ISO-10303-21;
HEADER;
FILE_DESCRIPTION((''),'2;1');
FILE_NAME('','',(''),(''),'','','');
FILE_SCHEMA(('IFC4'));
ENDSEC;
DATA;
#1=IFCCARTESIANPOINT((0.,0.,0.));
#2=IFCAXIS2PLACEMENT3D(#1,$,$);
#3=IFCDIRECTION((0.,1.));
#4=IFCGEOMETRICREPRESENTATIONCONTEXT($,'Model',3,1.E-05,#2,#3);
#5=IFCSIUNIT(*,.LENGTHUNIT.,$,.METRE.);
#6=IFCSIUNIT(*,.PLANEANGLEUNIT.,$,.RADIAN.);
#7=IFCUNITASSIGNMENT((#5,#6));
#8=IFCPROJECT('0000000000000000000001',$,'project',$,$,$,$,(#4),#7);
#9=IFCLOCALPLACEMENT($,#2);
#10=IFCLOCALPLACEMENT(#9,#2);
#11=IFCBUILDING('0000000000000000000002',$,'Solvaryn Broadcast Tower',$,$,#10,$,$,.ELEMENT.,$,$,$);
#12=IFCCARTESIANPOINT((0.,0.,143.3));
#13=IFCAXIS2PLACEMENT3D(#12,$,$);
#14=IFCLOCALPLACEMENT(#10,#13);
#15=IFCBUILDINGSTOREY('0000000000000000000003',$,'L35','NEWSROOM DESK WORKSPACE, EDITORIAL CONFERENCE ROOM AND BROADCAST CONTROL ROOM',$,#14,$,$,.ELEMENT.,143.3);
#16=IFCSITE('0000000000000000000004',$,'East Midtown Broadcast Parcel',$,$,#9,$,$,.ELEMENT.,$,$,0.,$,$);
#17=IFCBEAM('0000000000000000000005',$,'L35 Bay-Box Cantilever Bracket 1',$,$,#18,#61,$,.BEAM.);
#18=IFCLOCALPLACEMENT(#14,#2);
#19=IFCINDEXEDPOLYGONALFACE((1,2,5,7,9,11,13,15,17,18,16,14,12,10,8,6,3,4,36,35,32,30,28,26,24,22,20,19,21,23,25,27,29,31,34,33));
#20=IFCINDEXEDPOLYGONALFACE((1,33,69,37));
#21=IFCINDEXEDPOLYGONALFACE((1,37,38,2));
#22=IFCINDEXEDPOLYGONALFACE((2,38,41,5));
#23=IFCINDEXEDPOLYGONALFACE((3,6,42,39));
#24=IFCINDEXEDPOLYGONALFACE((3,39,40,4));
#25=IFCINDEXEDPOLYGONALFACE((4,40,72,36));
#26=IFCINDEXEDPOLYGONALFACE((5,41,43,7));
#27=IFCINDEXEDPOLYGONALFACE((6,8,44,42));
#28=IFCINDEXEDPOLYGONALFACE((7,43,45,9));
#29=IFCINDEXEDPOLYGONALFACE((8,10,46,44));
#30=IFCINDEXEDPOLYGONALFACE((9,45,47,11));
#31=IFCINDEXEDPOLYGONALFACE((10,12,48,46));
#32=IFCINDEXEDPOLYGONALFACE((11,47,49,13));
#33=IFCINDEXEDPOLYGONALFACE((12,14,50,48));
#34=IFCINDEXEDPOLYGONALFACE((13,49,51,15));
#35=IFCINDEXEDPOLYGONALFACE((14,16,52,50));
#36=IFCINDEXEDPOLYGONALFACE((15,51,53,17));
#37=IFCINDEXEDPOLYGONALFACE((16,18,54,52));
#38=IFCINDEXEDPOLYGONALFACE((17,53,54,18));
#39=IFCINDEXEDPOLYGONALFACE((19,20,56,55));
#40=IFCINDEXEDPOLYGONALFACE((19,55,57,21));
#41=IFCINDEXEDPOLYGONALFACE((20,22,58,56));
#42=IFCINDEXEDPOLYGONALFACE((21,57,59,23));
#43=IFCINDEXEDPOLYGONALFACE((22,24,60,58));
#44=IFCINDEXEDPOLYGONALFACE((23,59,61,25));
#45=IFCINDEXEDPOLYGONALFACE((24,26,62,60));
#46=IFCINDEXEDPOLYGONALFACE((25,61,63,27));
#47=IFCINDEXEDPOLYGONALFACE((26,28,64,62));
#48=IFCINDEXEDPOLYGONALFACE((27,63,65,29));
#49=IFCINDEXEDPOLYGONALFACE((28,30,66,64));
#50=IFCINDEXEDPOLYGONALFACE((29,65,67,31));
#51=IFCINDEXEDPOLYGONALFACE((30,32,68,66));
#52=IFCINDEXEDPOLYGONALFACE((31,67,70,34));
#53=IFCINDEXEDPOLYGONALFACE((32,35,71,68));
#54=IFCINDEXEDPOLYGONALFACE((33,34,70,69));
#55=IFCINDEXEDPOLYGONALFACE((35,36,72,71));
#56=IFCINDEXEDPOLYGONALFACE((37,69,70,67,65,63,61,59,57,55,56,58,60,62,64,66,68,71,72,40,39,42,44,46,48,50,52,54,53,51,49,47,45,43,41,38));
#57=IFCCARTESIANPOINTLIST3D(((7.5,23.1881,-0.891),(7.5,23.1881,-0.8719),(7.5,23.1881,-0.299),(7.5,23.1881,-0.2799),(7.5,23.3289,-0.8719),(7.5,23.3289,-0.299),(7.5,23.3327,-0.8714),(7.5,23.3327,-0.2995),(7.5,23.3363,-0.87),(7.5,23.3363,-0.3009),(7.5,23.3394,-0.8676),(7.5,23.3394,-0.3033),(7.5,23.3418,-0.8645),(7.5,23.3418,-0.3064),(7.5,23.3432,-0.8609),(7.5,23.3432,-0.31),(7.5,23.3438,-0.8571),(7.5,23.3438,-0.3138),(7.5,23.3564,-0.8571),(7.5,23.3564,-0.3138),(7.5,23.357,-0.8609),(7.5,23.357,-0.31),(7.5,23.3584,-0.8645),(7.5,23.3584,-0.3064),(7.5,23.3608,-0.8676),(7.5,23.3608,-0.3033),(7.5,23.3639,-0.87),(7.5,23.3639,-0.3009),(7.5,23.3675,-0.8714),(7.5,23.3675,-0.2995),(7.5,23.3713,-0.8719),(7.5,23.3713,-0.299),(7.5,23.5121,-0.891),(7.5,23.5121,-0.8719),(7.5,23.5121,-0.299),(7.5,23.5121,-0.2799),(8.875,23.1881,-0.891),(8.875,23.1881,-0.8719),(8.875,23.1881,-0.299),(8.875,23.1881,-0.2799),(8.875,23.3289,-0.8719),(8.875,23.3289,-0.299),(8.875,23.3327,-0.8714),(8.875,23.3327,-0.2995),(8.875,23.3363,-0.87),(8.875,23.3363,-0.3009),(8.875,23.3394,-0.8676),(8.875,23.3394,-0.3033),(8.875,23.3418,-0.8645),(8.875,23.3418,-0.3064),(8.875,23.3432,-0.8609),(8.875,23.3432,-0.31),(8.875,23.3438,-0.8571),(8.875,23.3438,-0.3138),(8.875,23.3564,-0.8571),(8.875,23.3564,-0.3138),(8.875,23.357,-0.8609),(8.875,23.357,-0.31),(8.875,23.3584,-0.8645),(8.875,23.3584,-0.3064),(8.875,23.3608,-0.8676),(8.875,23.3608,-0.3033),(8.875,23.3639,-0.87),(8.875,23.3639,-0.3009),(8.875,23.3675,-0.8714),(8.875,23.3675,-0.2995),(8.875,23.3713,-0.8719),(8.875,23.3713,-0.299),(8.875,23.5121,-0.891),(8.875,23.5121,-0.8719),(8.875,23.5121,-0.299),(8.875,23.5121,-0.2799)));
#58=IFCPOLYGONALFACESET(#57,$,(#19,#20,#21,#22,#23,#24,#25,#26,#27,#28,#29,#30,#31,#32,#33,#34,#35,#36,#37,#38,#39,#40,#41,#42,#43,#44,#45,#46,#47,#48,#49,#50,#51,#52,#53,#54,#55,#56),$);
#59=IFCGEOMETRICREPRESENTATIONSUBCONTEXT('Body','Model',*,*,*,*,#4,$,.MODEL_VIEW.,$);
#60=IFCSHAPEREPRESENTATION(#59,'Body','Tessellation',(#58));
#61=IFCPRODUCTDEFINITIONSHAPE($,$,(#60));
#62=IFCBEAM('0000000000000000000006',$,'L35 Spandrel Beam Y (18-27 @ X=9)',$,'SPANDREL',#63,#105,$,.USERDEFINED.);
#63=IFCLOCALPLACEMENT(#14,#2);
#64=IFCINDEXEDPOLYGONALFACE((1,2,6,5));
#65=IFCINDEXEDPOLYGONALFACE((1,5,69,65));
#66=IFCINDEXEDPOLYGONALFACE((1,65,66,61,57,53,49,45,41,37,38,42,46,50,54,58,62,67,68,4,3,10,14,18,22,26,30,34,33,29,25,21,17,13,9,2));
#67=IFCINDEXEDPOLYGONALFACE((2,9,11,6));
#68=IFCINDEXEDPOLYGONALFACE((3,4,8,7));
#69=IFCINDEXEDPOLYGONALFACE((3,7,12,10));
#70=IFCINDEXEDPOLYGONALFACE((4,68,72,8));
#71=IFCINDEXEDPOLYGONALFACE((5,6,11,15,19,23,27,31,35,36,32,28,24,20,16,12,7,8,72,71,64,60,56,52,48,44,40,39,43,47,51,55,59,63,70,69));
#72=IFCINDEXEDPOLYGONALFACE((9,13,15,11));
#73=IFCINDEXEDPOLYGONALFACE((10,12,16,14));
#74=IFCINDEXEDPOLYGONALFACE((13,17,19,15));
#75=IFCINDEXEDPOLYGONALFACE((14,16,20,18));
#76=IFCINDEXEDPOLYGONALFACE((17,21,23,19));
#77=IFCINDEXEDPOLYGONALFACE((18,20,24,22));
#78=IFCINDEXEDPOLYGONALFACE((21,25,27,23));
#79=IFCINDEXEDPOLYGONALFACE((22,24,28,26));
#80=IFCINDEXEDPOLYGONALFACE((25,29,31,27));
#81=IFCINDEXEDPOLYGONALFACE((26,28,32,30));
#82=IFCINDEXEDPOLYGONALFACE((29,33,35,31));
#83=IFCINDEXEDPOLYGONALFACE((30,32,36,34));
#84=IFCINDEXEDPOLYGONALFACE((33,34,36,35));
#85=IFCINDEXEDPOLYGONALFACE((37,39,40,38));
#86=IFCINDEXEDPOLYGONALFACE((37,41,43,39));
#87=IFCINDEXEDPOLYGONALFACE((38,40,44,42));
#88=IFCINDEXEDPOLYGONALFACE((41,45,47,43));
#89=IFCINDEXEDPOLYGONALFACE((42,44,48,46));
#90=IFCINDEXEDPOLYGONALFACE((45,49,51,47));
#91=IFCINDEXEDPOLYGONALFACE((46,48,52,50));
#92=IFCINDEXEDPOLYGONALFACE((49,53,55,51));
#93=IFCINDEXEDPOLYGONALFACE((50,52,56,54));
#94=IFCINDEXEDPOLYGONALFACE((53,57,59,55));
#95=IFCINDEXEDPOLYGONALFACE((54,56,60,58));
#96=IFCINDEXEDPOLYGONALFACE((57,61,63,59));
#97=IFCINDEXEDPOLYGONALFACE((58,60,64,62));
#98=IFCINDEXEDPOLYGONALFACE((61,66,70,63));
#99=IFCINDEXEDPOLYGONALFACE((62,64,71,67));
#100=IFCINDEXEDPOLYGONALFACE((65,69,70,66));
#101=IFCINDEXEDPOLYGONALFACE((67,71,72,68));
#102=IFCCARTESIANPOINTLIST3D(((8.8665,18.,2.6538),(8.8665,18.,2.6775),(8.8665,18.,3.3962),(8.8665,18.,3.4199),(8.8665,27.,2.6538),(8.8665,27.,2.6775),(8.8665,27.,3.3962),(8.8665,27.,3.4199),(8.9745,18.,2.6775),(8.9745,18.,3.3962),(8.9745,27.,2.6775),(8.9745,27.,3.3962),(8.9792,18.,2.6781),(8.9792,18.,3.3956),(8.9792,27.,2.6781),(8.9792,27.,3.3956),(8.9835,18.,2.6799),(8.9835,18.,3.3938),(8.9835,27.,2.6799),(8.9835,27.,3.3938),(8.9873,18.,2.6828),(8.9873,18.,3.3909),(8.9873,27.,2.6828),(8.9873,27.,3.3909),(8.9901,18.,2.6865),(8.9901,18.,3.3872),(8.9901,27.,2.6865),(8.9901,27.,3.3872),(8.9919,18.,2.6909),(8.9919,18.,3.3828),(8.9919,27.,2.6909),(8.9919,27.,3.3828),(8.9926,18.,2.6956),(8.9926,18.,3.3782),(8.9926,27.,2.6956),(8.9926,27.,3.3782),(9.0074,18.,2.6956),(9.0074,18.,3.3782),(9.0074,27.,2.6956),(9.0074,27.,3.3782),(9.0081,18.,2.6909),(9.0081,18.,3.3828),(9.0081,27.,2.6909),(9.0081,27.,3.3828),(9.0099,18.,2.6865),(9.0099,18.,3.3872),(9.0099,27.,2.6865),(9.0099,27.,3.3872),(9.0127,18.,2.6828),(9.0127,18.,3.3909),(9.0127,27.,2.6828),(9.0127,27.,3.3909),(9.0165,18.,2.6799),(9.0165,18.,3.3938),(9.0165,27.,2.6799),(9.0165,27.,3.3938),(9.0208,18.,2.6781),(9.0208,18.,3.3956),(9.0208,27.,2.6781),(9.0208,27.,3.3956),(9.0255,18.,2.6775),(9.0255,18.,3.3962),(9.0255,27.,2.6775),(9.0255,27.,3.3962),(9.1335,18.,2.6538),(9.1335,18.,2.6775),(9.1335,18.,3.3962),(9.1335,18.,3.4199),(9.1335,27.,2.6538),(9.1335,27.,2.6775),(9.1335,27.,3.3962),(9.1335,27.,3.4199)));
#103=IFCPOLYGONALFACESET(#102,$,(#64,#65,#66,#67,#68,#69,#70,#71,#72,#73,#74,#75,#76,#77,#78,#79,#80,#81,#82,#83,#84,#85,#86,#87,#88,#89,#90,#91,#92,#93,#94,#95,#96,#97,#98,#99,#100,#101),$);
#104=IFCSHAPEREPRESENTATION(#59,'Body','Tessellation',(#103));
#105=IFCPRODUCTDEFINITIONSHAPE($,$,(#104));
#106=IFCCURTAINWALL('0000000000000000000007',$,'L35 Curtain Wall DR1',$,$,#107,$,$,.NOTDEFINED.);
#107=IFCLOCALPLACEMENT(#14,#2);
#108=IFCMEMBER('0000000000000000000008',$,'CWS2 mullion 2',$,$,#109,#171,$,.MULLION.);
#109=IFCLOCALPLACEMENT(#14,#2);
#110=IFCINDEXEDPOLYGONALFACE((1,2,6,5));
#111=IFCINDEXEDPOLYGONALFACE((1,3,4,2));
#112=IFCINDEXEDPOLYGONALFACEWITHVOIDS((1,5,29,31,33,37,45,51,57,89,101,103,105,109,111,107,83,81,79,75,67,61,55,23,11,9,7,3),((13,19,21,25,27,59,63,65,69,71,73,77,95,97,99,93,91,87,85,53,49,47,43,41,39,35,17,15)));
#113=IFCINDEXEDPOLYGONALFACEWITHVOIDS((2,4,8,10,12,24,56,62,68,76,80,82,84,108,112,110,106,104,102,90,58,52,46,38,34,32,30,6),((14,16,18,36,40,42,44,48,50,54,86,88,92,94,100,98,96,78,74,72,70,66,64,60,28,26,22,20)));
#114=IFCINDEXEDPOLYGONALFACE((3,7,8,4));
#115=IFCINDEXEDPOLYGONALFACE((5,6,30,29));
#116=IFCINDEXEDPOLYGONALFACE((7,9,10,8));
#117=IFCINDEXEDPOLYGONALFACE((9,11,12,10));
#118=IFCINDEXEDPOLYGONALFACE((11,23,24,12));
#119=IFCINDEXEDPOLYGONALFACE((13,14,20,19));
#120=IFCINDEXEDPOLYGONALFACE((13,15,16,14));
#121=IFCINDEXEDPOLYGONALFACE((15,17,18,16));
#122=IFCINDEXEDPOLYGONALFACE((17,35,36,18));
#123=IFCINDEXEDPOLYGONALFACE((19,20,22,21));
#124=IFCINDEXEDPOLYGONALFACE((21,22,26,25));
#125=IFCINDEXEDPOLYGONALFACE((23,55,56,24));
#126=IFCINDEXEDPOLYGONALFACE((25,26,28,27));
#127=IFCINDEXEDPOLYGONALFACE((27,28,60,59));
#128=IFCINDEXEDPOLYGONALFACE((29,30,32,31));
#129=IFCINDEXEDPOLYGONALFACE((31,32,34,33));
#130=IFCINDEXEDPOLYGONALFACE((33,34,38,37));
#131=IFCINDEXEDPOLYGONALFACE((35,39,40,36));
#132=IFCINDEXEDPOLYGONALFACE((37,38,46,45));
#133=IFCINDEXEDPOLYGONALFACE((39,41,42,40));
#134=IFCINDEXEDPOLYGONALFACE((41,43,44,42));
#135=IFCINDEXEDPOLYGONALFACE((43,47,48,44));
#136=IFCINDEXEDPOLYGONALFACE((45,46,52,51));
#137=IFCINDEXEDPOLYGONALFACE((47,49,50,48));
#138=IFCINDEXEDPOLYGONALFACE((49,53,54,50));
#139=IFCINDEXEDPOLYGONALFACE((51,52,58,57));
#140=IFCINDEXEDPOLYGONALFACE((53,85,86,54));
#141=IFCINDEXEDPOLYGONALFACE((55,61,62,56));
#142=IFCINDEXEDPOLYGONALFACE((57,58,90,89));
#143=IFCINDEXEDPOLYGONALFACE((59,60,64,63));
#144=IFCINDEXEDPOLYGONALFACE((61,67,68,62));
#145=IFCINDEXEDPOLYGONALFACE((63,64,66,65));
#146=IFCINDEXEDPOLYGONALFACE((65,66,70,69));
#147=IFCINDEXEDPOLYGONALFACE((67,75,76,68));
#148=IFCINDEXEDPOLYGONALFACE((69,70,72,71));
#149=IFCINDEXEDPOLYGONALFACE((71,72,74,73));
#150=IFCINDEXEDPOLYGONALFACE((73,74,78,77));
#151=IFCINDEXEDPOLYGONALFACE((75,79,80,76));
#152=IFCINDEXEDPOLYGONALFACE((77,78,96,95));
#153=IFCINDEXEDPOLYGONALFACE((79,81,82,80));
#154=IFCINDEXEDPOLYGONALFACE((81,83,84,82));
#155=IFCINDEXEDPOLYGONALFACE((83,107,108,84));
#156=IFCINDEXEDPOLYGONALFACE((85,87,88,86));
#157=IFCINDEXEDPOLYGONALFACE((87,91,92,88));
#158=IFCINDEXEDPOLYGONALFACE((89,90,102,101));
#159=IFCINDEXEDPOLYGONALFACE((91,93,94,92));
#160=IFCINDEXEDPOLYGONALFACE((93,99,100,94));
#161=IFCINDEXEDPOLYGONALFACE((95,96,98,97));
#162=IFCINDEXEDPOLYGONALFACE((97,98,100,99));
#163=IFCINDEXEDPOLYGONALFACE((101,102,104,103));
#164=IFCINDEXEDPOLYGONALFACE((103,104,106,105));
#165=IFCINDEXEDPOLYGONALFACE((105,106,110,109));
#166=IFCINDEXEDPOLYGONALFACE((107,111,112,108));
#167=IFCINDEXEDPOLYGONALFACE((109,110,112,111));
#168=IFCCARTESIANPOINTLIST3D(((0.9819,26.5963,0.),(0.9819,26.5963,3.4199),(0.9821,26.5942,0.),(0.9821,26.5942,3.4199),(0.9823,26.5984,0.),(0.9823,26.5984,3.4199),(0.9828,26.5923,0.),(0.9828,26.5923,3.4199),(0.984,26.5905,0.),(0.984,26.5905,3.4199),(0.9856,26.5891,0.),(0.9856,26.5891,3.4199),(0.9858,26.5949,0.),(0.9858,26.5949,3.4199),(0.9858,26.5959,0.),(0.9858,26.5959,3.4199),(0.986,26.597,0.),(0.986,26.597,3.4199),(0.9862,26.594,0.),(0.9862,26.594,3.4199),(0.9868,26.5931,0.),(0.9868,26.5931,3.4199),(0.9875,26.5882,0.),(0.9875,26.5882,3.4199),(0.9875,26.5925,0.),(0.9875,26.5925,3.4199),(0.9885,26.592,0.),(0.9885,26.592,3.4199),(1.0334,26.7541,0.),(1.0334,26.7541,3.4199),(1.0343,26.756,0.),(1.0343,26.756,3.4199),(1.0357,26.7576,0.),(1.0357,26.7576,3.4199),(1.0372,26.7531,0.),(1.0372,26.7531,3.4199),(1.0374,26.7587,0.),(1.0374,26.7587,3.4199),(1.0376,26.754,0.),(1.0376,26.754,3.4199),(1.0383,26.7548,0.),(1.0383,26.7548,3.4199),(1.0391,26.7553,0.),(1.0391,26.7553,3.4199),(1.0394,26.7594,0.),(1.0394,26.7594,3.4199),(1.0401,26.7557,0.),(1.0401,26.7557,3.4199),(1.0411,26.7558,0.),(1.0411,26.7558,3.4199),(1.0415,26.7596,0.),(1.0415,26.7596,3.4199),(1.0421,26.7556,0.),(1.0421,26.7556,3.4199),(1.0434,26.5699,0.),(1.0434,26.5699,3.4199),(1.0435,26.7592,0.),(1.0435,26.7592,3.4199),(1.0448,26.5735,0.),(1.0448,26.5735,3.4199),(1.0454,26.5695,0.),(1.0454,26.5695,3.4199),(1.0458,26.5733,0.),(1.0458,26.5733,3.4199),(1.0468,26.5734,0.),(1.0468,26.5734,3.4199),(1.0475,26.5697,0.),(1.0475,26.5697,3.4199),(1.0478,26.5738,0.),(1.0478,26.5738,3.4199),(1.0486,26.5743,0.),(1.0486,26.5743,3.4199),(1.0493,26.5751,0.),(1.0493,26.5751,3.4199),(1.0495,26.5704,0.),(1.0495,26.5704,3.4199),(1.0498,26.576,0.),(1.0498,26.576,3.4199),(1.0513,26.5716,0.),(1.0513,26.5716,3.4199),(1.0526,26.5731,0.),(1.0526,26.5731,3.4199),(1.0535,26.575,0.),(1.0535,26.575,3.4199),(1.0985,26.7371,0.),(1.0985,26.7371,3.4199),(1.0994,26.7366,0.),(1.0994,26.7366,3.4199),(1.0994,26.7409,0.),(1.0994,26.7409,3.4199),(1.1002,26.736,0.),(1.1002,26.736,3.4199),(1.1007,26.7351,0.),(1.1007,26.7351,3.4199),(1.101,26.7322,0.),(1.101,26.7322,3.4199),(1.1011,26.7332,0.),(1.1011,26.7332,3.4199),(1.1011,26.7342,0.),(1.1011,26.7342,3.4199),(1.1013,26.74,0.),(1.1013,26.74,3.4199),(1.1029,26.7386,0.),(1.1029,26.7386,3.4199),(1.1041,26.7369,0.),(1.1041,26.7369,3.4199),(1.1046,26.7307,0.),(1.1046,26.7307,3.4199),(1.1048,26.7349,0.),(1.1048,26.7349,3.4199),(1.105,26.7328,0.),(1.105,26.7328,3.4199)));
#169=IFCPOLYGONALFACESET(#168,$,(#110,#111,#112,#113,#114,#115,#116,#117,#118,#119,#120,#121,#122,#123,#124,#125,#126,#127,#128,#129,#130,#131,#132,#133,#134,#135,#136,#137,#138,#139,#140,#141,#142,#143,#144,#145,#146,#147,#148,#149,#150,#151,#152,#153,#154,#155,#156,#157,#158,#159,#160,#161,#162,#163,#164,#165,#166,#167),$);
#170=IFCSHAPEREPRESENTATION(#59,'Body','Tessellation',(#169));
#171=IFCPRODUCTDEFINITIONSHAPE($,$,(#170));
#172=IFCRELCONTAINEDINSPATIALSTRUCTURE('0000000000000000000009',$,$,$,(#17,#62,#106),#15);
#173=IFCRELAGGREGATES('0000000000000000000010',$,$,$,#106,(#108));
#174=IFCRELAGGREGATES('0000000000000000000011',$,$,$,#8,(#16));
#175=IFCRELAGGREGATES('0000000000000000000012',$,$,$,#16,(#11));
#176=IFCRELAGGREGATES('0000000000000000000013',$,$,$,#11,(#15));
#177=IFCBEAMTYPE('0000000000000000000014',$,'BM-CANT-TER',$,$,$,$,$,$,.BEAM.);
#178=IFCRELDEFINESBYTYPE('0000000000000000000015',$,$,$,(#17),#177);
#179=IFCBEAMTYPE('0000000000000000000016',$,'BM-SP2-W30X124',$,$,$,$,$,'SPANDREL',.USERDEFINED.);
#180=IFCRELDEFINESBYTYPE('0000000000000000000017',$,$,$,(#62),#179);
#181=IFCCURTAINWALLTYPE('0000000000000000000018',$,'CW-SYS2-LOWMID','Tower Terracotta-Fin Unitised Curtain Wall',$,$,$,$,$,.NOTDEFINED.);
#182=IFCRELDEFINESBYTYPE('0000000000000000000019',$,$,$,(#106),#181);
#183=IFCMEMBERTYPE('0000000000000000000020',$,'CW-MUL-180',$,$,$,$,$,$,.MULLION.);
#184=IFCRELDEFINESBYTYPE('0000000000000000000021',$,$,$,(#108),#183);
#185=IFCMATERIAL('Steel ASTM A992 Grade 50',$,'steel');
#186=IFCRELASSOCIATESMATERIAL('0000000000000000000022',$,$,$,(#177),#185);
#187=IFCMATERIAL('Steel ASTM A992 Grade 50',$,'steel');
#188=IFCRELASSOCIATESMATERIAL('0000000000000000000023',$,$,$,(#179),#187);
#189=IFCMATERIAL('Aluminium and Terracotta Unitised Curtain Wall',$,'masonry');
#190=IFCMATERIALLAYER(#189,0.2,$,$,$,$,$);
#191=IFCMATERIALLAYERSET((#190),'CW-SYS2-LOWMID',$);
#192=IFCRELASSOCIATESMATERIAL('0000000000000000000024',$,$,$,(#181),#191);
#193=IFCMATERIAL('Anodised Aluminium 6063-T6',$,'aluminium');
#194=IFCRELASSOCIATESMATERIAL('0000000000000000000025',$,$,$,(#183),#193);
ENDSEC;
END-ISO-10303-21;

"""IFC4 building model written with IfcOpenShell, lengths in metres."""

from ifc_helpers import new_model, si_unit, direction, frame, origin, origin_2d, place, context, subcontext, project, spatial, hollow_rectangle, i_section, extrude, material, layer, layer_set, material_profile, profile_set, type_object, element, aggregate, save


model = new_model("IFC4")

# Units and contexts
model_context = context("Model", 3, precision=1e-05, world=origin(), true_north=direction((0.0, 1.0)))
body_context = subcontext(model_context, "Body", "Model", "MODEL_VIEW")
ifc_project = project(units=[si_unit("LENGTHUNIT", "METRE"), si_unit("PLANEANGLEUNIT", "RADIAN")], contexts=[model_context])

# Site, building, storey
site_placement = place(None, origin())
site = spatial("IfcSite", under=ifc_project, at=site_placement, Name="East Midtown Broadcast Parcel", CompositionType="ELEMENT", RefElevation=0.0)
building_placement = place(site_placement, origin())
building = spatial("IfcBuilding", under=site, at=building_placement, Name="Solvaryn Broadcast Tower", CompositionType="ELEMENT")
storey_placement = place(building_placement, frame((0.0, 0.0, 143.3)))
storey = spatial("IfcBuildingStorey", under=building, at=storey_placement, Name="L35", Description="NEWSROOM DESK WORKSPACE, EDITORIAL CONFERENCE ROOM AND BROADCAST CONTROL ROOM", CompositionType="ELEMENT", Elevation=143.3)

# Beams
ifc_material_1 = material(Name="Steel ASTM A992 Grade 50", Category="steel")
ifc_material_profile_1 = material_profile(ifc_material_1, i_section(OverallWidth=0.324, OverallDepth=0.6111, WebThickness=0.0127, FlangeThickness=0.019, FilletRadius=0.0149, at=origin_2d()))
ifc_profile_set_1 = profile_set([ifc_material_profile_1], Name="Steel ASTM A992 Grade 50")
beam_type_1 = type_object("IfcBeamType", Name="BM-CANT-TER", PredefinedType="BEAM", material=ifc_profile_set_1)
beam_1_placement = place(storey_placement, frame((8.875, 23.3501, -0.5854), z_axis=(-1.0, 0.0, 0.0), x_axis=(0.0, -1.0, 0.0)))
element("IfcBeam", 1, at=beam_1_placement, inside=storey, type_object=beam_type_1, Name="L35 Bay-Box Cantilever Bracket 1", PredefinedType="BEAM", context=body_context, shape_type="SweptSolid", body=[
    extrude(i_section(OverallWidth=0.324, OverallDepth=0.6111, WebThickness=0.0127, FlangeThickness=0.019, FilletRadius=0.0149, at=origin_2d()), origin(), (0.0, 0.0, 1.0), 1.375),
])
ifc_material_2 = material(Name="Steel ASTM A992 Grade 50", Category="steel")
ifc_material_profile_2 = material_profile(ifc_material_2, i_section(OverallWidth=0.2671, OverallDepth=0.7661, WebThickness=0.0149, FlangeThickness=0.0237, FilletRadius=0.0181, at=origin_2d()))
ifc_profile_set_2 = profile_set([ifc_material_profile_2], Name="Steel ASTM A992 Grade 50")
beam_type_2 = type_object("IfcBeamType", Name="BM-SP2-W30X124", ElementType="SPANDREL", PredefinedType="USERDEFINED", material=ifc_profile_set_2)
beam_2_placement = place(storey_placement, frame((9.0, 18.0, 3.0369), z_axis=(0.0, 1.0, 0.0), x_axis=(-1.0, 0.0, 0.0)))
element("IfcBeam", 2, at=beam_2_placement, inside=storey, type_object=beam_type_2, Name="L35 Spandrel Beam Y (18-27 @ X=9)", ObjectType="SPANDREL", PredefinedType="USERDEFINED", context=body_context, shape_type="SweptSolid", body=[
    extrude(i_section(OverallWidth=0.2671, OverallDepth=0.7661, WebThickness=0.0149, FlangeThickness=0.0237, FilletRadius=0.0181, at=origin_2d()), origin(), (0.0, 0.0, 1.0), 9.0),
])

# Curtain wall, member
ifc_material_3 = material(Name="Aluminium and Terracotta Unitised Curtain Wall", Category="masonry")
ifc_layer_1 = layer(ifc_material_3, 0.2)
ifc_layer_set_1 = layer_set([ifc_layer_1], Name="CW-SYS2-LOWMID")
curtain_wall_type = type_object("IfcCurtainWallType", Name="CW-SYS2-LOWMID", Description="Tower Terracotta-Fin Unitised Curtain Wall", PredefinedType="NOTDEFINED", material=ifc_layer_set_1)
curtain_wall_1_placement = place(storey_placement, origin())
curtain_wall_1 = element("IfcCurtainWall", 3, at=curtain_wall_1_placement, inside=storey, type_object=curtain_wall_type, Name="L35 Curtain Wall DR1", PredefinedType="NOTDEFINED")
ifc_material_4 = material(Name="Anodised Aluminium 6063-T6", Category="aluminium")
ifc_material_profile_3 = material_profile(ifc_material_4, hollow_rectangle(XDim=0.075, YDim=0.1799, WallThickness=0.0039, InnerFilletRadius=0.0039, OuterFilletRadius=0.0081, at=origin_2d()))
ifc_profile_set_3 = profile_set([ifc_material_profile_3], Name="Anodised Aluminium 6063-T6")
member_type_1 = type_object("IfcMemberType", Name="CW-MUL-180", PredefinedType="MULLION", material=ifc_profile_set_3)
member_1_placement = place(storey_placement, frame((1.0435, 26.6646, 0.0), z_axis=(0.0, 0.0, 1.0), x_axis=(0.950198, -0.311646, 0.0)))
member_1 = element("IfcMember", 4, at=member_1_placement, type_object=member_type_1, Name="CWS2 mullion 2", PredefinedType="MULLION", context=body_context, shape_type="SweptSolid", body=[
    extrude(hollow_rectangle(XDim=0.075, YDim=0.1799, WallThickness=0.0039, InnerFilletRadius=0.0039, OuterFilletRadius=0.0081, at=origin_2d()), origin(), (0.0, 0.0, 1.0), 3.4199),
])
aggregate(curtain_wall_1, [member_1])

save(model, "model.ifc")
